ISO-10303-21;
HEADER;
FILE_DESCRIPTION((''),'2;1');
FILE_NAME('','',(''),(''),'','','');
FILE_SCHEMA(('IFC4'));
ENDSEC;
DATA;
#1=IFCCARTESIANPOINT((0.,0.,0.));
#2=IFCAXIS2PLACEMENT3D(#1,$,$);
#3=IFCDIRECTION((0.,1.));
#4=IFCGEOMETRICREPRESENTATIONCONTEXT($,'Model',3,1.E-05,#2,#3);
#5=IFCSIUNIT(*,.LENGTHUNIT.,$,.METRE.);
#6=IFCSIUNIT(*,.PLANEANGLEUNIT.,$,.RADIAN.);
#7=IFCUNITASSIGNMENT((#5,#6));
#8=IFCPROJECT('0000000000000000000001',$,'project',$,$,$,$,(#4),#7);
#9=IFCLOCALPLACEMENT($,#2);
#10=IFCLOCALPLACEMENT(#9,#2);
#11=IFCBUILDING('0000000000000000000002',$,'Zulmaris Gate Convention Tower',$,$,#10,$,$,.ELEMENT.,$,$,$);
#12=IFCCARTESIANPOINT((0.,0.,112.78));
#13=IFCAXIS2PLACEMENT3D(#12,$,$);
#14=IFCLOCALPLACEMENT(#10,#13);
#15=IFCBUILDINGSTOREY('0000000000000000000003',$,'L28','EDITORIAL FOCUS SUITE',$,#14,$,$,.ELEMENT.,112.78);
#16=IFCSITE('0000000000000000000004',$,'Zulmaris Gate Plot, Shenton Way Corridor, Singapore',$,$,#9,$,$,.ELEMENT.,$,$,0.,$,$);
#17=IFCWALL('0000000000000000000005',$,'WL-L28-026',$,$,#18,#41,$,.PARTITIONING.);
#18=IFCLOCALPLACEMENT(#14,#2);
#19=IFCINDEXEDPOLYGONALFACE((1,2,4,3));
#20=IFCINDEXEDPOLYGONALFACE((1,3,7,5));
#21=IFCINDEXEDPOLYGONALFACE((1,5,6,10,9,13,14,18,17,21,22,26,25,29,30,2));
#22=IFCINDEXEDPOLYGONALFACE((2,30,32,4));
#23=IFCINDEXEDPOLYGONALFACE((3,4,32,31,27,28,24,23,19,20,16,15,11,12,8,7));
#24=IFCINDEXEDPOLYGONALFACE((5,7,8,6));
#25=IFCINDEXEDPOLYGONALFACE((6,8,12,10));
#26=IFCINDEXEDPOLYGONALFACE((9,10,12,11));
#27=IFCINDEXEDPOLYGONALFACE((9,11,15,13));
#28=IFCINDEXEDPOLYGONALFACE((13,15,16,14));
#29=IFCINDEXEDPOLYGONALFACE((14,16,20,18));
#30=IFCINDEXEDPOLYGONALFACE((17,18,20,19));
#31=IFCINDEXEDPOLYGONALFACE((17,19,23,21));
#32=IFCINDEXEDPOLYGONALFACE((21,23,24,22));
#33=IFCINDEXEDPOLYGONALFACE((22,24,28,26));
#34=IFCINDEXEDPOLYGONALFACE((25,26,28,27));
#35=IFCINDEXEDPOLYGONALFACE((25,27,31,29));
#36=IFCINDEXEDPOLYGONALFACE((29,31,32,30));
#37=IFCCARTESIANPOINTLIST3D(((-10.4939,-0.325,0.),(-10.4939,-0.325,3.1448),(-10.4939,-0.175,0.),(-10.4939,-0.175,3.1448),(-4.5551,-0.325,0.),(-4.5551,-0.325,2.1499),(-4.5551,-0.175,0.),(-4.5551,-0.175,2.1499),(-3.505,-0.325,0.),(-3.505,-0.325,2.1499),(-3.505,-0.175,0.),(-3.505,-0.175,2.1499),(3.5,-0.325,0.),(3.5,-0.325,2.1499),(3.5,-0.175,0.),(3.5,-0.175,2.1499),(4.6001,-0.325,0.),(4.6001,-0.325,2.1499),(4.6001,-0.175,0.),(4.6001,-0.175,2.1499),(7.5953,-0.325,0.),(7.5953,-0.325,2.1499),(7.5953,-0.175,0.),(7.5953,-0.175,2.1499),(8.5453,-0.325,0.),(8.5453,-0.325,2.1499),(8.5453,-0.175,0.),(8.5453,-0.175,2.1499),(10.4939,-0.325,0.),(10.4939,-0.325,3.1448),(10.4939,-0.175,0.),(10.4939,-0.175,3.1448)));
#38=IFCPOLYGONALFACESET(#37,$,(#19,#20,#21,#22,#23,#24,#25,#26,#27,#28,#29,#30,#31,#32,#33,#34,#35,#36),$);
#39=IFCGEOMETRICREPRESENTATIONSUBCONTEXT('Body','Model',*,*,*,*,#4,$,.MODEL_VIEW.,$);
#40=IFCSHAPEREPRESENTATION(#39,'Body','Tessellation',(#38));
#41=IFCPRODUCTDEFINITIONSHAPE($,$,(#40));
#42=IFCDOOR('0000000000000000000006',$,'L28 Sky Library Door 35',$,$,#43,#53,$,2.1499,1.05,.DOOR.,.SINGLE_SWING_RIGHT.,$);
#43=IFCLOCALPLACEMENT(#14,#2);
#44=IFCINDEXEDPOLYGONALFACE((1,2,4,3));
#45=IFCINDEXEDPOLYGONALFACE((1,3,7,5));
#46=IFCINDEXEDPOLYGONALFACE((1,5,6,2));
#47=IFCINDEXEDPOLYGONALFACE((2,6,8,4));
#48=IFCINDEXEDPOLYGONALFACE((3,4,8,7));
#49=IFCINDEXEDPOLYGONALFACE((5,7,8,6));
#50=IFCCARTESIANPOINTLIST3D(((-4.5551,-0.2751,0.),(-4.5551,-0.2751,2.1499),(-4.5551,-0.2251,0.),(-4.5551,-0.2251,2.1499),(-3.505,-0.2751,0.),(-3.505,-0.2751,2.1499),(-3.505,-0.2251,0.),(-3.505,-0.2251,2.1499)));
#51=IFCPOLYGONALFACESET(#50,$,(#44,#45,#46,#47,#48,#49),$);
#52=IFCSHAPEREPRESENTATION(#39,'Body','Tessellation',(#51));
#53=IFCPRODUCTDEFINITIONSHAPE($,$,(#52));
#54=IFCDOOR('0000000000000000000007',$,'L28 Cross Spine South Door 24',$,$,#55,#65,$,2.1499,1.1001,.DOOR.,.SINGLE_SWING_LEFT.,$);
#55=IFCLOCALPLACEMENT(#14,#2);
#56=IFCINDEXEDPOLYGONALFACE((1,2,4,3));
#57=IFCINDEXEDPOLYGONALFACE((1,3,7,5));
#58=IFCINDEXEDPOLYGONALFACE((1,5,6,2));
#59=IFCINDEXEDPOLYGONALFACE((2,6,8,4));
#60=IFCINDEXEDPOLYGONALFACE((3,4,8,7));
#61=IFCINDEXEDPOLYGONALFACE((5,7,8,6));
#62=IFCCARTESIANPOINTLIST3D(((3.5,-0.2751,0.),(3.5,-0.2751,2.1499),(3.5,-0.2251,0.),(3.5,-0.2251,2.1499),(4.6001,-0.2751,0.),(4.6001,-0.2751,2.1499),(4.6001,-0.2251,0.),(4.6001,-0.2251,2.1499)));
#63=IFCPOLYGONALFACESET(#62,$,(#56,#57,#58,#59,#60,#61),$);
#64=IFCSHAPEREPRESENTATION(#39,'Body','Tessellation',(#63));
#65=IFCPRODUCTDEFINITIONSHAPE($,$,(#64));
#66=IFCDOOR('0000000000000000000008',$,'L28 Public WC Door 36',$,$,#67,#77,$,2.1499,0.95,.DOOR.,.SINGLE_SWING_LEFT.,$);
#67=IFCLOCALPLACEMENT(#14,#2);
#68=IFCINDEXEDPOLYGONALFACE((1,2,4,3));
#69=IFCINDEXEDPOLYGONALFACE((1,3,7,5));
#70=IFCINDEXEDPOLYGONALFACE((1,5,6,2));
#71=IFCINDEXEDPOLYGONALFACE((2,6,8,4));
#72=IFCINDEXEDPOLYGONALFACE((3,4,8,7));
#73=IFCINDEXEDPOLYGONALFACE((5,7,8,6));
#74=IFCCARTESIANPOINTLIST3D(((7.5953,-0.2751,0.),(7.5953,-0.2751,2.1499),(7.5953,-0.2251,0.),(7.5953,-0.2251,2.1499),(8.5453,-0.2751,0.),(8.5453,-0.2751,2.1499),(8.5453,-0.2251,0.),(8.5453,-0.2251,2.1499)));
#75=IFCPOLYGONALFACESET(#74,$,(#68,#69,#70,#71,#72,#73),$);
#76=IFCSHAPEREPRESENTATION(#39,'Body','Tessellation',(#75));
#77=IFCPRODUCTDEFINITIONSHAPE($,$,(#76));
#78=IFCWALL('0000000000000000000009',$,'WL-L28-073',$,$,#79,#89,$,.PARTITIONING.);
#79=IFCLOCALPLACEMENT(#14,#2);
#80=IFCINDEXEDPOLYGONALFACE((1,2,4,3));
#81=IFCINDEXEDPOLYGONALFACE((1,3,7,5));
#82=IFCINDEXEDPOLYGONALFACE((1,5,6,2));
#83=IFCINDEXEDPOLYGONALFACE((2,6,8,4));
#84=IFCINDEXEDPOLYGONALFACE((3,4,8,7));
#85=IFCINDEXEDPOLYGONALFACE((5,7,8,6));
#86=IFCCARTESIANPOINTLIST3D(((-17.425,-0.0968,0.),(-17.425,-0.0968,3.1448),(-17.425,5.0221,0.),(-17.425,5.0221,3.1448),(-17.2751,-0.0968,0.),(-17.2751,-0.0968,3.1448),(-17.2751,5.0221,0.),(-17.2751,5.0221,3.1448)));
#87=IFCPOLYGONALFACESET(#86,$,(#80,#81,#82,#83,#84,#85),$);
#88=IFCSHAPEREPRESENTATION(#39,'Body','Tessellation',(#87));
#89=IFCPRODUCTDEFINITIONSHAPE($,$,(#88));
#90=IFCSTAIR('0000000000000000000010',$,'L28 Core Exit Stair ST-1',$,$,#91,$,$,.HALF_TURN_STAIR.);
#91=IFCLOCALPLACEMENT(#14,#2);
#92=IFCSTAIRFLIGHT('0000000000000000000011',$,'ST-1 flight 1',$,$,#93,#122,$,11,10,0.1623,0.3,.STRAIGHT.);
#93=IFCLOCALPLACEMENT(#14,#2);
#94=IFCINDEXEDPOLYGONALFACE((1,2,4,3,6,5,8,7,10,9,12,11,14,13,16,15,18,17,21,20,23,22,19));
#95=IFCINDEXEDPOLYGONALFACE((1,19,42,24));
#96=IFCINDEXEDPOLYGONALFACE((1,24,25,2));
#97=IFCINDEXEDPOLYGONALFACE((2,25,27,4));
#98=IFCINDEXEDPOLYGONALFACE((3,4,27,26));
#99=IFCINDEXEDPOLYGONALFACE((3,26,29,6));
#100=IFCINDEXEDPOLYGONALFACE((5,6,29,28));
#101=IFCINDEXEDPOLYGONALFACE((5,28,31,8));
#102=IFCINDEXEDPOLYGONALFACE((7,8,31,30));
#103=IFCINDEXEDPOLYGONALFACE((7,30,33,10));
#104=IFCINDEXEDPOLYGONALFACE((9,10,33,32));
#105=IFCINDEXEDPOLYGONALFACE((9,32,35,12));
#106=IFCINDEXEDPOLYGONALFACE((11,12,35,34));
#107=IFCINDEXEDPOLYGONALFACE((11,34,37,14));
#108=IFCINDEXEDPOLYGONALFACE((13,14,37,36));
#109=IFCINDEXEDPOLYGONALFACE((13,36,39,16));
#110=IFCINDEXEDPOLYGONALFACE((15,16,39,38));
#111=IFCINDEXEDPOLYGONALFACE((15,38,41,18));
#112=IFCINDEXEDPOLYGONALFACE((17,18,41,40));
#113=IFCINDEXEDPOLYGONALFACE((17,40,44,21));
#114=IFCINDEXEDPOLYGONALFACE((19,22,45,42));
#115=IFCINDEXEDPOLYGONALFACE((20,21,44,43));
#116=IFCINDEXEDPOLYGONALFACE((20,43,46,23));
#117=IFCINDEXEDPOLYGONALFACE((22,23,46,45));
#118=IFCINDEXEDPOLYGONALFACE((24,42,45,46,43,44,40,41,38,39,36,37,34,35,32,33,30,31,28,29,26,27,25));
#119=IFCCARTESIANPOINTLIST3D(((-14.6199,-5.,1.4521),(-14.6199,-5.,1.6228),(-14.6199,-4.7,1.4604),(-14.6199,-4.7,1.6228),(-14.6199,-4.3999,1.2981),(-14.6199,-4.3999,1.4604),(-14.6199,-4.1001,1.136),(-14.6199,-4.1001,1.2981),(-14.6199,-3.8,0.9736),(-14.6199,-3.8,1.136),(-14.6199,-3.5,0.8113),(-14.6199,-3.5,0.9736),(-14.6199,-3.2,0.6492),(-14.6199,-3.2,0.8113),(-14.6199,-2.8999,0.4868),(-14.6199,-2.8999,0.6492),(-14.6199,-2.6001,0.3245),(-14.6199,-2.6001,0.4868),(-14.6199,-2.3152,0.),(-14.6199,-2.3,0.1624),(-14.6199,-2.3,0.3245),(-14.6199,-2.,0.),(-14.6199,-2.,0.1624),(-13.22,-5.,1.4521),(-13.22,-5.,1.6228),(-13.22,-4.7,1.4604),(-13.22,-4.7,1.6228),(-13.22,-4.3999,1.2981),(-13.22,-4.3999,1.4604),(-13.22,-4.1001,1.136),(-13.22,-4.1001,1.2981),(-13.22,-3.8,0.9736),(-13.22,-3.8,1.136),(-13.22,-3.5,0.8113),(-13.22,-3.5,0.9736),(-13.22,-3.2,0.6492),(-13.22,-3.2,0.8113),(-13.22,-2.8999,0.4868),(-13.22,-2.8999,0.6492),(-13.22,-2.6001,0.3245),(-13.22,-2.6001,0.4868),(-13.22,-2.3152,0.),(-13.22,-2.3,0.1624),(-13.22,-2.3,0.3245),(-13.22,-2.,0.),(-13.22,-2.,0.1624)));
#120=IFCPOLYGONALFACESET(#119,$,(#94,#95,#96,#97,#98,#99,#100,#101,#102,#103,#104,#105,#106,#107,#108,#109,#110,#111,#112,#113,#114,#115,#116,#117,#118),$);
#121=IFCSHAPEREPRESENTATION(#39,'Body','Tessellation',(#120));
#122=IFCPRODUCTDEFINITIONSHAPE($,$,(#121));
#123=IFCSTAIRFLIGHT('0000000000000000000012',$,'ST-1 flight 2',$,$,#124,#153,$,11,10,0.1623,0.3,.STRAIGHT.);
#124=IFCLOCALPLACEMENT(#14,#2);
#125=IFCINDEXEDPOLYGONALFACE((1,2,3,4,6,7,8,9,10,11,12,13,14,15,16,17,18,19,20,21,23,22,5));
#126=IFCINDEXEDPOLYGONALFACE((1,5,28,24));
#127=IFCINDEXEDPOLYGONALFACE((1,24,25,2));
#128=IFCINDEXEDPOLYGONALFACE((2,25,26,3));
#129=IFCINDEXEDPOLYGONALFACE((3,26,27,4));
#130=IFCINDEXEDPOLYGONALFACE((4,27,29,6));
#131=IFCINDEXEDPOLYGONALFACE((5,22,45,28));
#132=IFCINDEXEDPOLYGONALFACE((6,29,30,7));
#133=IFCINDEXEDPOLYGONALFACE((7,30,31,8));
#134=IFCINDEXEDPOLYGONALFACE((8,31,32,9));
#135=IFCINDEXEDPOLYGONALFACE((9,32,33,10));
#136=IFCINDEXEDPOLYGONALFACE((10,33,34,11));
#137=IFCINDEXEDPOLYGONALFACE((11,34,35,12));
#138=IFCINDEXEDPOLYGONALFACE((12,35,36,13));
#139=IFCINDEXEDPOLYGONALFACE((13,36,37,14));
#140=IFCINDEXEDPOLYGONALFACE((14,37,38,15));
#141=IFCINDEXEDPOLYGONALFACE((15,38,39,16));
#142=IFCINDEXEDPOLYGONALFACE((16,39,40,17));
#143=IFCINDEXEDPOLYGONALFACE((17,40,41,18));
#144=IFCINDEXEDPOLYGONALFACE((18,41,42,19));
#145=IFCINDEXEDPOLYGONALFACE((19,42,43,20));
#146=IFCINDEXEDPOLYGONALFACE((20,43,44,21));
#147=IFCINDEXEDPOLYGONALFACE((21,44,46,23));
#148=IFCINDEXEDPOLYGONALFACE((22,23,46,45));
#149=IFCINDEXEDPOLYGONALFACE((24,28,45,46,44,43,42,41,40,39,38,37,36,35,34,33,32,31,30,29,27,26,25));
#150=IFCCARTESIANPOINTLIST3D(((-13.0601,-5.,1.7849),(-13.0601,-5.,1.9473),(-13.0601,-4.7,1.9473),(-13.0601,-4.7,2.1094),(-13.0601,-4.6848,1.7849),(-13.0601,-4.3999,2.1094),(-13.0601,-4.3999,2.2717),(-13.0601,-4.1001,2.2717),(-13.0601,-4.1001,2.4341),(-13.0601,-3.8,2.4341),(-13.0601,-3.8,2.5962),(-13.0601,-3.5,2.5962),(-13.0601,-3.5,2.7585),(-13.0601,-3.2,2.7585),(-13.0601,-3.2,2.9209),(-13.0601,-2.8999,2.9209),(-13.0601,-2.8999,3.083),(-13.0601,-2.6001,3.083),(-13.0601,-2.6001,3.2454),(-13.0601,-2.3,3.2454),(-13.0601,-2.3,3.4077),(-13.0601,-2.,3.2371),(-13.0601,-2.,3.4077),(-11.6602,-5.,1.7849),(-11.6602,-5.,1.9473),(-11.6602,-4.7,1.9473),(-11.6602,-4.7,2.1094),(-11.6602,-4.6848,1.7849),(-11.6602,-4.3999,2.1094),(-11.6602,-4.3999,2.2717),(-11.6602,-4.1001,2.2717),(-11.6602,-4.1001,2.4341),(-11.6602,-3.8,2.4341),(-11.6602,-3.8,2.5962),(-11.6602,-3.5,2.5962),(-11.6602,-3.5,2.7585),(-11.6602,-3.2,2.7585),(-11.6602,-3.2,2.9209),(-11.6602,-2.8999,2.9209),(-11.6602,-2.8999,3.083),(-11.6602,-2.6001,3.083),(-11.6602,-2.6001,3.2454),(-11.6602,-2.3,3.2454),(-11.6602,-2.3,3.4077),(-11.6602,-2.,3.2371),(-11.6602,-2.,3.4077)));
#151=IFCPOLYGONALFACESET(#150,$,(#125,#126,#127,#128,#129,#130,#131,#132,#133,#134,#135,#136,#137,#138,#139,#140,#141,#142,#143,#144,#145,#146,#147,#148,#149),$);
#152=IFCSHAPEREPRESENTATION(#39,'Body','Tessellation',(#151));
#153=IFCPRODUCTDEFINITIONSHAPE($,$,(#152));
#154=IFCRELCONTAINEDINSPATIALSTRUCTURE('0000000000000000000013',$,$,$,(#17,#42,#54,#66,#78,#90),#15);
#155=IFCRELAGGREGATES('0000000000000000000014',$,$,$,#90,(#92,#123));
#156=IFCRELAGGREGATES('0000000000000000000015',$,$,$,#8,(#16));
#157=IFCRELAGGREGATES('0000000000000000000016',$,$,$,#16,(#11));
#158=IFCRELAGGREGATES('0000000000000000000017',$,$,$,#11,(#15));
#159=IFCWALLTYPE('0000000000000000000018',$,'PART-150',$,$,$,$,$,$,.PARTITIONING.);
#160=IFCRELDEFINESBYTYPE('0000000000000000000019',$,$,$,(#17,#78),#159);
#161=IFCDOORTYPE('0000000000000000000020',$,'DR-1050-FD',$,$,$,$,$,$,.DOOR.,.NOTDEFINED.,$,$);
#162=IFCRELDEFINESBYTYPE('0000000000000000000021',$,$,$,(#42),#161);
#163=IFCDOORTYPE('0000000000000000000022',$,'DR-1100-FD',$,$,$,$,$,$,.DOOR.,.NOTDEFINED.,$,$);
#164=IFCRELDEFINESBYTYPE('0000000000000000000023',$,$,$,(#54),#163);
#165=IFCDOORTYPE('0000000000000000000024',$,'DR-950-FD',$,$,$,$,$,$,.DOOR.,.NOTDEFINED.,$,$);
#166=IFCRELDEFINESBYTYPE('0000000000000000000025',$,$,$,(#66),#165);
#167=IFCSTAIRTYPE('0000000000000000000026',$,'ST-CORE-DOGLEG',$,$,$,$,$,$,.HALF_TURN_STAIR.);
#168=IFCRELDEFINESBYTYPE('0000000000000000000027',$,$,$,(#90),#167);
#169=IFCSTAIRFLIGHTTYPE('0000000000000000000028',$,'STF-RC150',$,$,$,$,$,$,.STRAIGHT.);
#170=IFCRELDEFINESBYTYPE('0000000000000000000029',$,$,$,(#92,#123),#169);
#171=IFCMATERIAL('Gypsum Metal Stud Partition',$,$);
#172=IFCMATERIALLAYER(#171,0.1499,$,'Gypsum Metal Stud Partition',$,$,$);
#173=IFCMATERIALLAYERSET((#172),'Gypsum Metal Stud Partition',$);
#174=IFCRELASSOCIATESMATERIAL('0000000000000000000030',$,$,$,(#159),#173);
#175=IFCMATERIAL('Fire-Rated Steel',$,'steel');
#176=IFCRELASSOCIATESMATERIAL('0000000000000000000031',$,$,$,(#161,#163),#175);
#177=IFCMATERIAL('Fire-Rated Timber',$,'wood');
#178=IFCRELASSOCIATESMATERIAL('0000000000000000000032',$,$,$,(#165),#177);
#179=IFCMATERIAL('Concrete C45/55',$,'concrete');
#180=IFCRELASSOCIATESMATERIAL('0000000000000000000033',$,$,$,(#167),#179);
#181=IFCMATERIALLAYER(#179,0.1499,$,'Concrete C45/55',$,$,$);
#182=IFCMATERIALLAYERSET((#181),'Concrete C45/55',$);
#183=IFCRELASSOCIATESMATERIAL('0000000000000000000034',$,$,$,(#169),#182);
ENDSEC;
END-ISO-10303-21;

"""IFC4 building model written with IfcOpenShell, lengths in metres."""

from ifc_helpers import new_model, si_unit, direction, frame, frame_2d, origin, place, context, subcontext, project, spatial, polyline, rectangle, outline, extrude, material, layer, layer_set, type_object, element, fill, aggregate, save


model = new_model("IFC4")

# Units and contexts
model_context = context("Model", 3, precision=1e-05, world=origin(), true_north=direction((0.0, 1.0)))
body_context = subcontext(model_context, "Body", "Model", "MODEL_VIEW")
ifc_project = project(units=[si_unit("LENGTHUNIT", "METRE"), si_unit("PLANEANGLEUNIT", "RADIAN")], contexts=[model_context])

# Site, building, storey
site_placement = place(None, origin())
site = spatial("IfcSite", under=ifc_project, at=site_placement, Name="Zulmaris Gate Plot, Shenton Way Corridor, Singapore", CompositionType="ELEMENT", RefElevation=0.0)
building_placement = place(site_placement, origin())
building = spatial("IfcBuilding", under=site, at=building_placement, Name="Zulmaris Gate Convention Tower", CompositionType="ELEMENT")
storey_placement = place(building_placement, frame((0.0, 0.0, 112.78)))
storey = spatial("IfcBuildingStorey", under=building, at=storey_placement, Name="L28", Description="EDITORIAL FOCUS SUITE", CompositionType="ELEMENT", Elevation=112.78)

# Wall, openings, doors
ifc_material_1 = material(Name="Gypsum Metal Stud Partition")
ifc_layer_1 = layer(ifc_material_1, 0.1499, Name="Gypsum Metal Stud Partition")
ifc_layer_set_1 = layer_set([ifc_layer_1], Name="Gypsum Metal Stud Partition")
wall_type_1 = type_object("IfcWallType", Name="PART-150", PredefinedType="PARTITIONING", material=ifc_layer_set_1)
wall_1_placement = place(storey_placement, frame((-10.4939, -0.25, 0.0), z_axis=(0.0, 0.0, 1.0), x_axis=(1.0, 0.0, 0.0)))
wall_1 = element("IfcWall", 1, at=wall_1_placement, inside=storey, type_object=wall_type_1, Name="WL-L28-026", PredefinedType="PARTITIONING", context=body_context, shape_type="SweptSolid", body=[
    extrude(rectangle(XDim=20.9878, YDim=0.1499, at=frame_2d((10.4939, 0.0))), origin(), (0.0, 0.0, 1.0), 3.1448),
])
opening_1_placement = place(wall_1_placement, frame((13.9939, 0.0, 0.0)))
opening_1 = element("IfcOpeningElement", 2, at=opening_1_placement, cuts=wall_1, PredefinedType="OPENING", context=body_context, shape_type="SweptSolid", body=[
    extrude(rectangle(XDim=1.1001, YDim=2.1499, at=frame_2d((0.55, 1.075))), frame((0.0, 0.085, 0.0), z_axis=(0.0, -1.0, 0.0), x_axis=(1.0, 0.0, 0.0)), (0.0, 0.0, 1.0), 0.1699),
])
opening_2_placement = place(wall_1_placement, frame((5.939, 0.0, 0.0)))
opening_2 = element("IfcOpeningElement", 3, at=opening_2_placement, cuts=wall_1, PredefinedType="OPENING", context=body_context, shape_type="SweptSolid", body=[
    extrude(rectangle(XDim=1.05, YDim=2.1499, at=frame_2d((0.5249, 1.075))), frame((0.0, 0.085, 0.0), z_axis=(0.0, -1.0, 0.0), x_axis=(1.0, 0.0, 0.0)), (0.0, 0.0, 1.0), 0.1699),
])
opening_3_placement = place(wall_1_placement, frame((18.0891, 0.0, 0.0)))
opening_3 = element("IfcOpeningElement", 4, at=opening_3_placement, cuts=wall_1, PredefinedType="OPENING", context=body_context, shape_type="SweptSolid", body=[
    extrude(rectangle(XDim=0.95, YDim=2.1499, at=frame_2d((0.4751, 1.075))), frame((0.0, 0.085, 0.0), z_axis=(0.0, -1.0, 0.0), x_axis=(1.0, 0.0, 0.0)), (0.0, 0.0, 1.0), 0.1699),
])
ifc_material_2 = material(Name="Fire-Rated Steel", Category="steel")
door_type_1 = type_object("IfcDoorType", Name="DR-1050-FD", OperationType="NOTDEFINED", PredefinedType="DOOR", material=ifc_material_2)
door_1_placement = place(opening_2_placement, origin())
door_1 = element("IfcDoor", 5, at=door_1_placement, inside=storey, type_object=door_type_1, Name="L28 Sky Library Door 35", OperationType="SINGLE_SWING_RIGHT", OverallHeight=2.1499, OverallWidth=1.05, PredefinedType="DOOR", context=body_context, shape_type="SweptSolid", body=[
    extrude(rectangle(XDim=1.05, YDim=2.1499, at=frame_2d((0.5249, 1.075))), frame((0.0, 0.0249, 0.0), z_axis=(0.0, -1.0, 0.0), x_axis=(1.0, 0.0, 0.0)), (0.0, 0.0, 1.0), 0.05),
])
fill(opening_2, door_1)
door_type_2 = type_object("IfcDoorType", Name="DR-1100-FD", OperationType="NOTDEFINED", PredefinedType="DOOR", material=ifc_material_2)
door_2_placement = place(opening_1_placement, origin())
door_2 = element("IfcDoor", 6, at=door_2_placement, inside=storey, type_object=door_type_2, Name="L28 Cross Spine South Door 24", OperationType="SINGLE_SWING_LEFT", OverallHeight=2.1499, OverallWidth=1.1001, PredefinedType="DOOR", context=body_context, shape_type="SweptSolid", body=[
    extrude(rectangle(XDim=1.1001, YDim=2.1499, at=frame_2d((0.55, 1.075))), frame((0.0, 0.0249, 0.0), z_axis=(0.0, -1.0, 0.0), x_axis=(1.0, 0.0, 0.0)), (0.0, 0.0, 1.0), 0.05),
])
fill(opening_1, door_2)
ifc_material_3 = material(Name="Fire-Rated Timber", Category="wood")
door_type_3 = type_object("IfcDoorType", Name="DR-950-FD", OperationType="NOTDEFINED", PredefinedType="DOOR", material=ifc_material_3)
door_3_placement = place(opening_3_placement, origin())
door_3 = element("IfcDoor", 7, at=door_3_placement, inside=storey, type_object=door_type_3, Name="L28 Public WC Door 36", OperationType="SINGLE_SWING_LEFT", OverallHeight=2.1499, OverallWidth=0.95, PredefinedType="DOOR", context=body_context, shape_type="SweptSolid", body=[
    extrude(rectangle(XDim=0.95, YDim=2.1499, at=frame_2d((0.4751, 1.075))), frame((0.0, 0.0249, 0.0), z_axis=(0.0, -1.0, 0.0), x_axis=(1.0, 0.0, 0.0)), (0.0, 0.0, 1.0), 0.05),
])
fill(opening_3, door_3)

# Wall
wall_2_placement = place(storey_placement, frame((-17.3501, -0.0969, 0.0), z_axis=(0.0, 0.0, 1.0), x_axis=(0.0, 1.0, 0.0)))
element("IfcWall", 8, at=wall_2_placement, inside=storey, type_object=wall_type_1, Name="WL-L28-073", PredefinedType="PARTITIONING", context=body_context, shape_type="SweptSolid", body=[
    extrude(rectangle(XDim=5.1189, YDim=0.1499, at=frame_2d((2.5596, 0.0))), origin(), (0.0, 0.0, 1.0), 3.1448),
])

# Stair, stair flights
ifc_material_4 = material(Name="Concrete C45/55", Category="concrete")
stair_type = type_object("IfcStairType", Name="ST-CORE-DOGLEG", PredefinedType="HALF_TURN_STAIR", material=ifc_material_4)
stair_placement = place(storey_placement, origin())
stair = element("IfcStair", 9, at=stair_placement, inside=storey, type_object=stair_type, Name="L28 Core Exit Stair ST-1", PredefinedType="HALF_TURN_STAIR")
ifc_layer_2 = layer(ifc_material_4, 0.1499, Name="Concrete C45/55")
ifc_layer_set_2 = layer_set([ifc_layer_2], Name="Concrete C45/55")
stair_flight_type = type_object("IfcStairFlightType", Name="STF-RC150", PredefinedType="STRAIGHT", material=ifc_layer_set_2)
stair_flight_1_placement = place(storey_placement, frame((-13.9199, -2.0, 0.0), z_axis=(0.0, 0.0, 1.0), x_axis=(0.0, -1.0, 0.0)))
stair_flight_1 = element("IfcStairFlight", 10, at=stair_flight_1_placement, type_object=stair_flight_type, Name="ST-1 flight 1", NumberOfRisers=11, NumberOfTreads=10, PredefinedType="STRAIGHT", RiserHeight=0.1623, TreadLength=0.3, context=body_context, shape_type="SweptSolid", body=[
    extrude(outline(polyline([(0.0, 0.0), (0.0, 0.1624), (0.3, 0.1624), (0.3, 0.3245), (0.6001, 0.3245), (0.6001, 0.4868), (0.8999, 0.4868), (0.8999, 0.6492), (1.2, 0.6492), (1.2, 0.8113), (1.5, 0.8113), (1.5, 0.9736), (1.8, 0.9736), (1.8, 1.136), (2.1001, 1.136), (2.1001, 1.2981), (2.3999, 1.2981), (2.3999, 1.4604), (2.7, 1.4604), (2.7, 1.6228), (3.0, 1.6228), (3.0, 1.7849), (3.0, 1.4521), (0.3152, 0.0), (0.0, 0.0)])), frame((0.0, 0.7, 0.0), z_axis=(0.0, -1.0, 0.0), x_axis=(1.0, 0.0, 0.0)), (0.0, 0.0, 1.0), 1.3999),
])
stair_flight_2_placement = place(storey_placement, frame((-12.3601, -5.0, 1.7849), z_axis=(0.0, 0.0, 1.0), x_axis=(0.0, 1.0, 0.0)))
stair_flight_2 = element("IfcStairFlight", 11, at=stair_flight_2_placement, type_object=stair_flight_type, Name="ST-1 flight 2", NumberOfRisers=11, NumberOfTreads=10, PredefinedType="STRAIGHT", RiserHeight=0.1623, TreadLength=0.3, context=body_context, shape_type="SweptSolid", body=[
    extrude(outline(polyline([(0.0, 0.0), (0.0, 0.1624), (0.3, 0.1624), (0.3, 0.3245), (0.6001, 0.3245), (0.6001, 0.4868), (0.8999, 0.4868), (0.8999, 0.6492), (1.2, 0.6492), (1.2, 0.8113), (1.5, 0.8113), (1.5, 0.9736), (1.8, 0.9736), (1.8, 1.136), (2.1001, 1.136), (2.1001, 1.2981), (2.3999, 1.2981), (2.3999, 1.4604), (2.7, 1.4604), (2.7, 1.6228), (3.0, 1.6228), (3.0, 1.7849), (3.0, 1.4521), (0.3152, 0.0), (0.0, 0.0)])), frame((0.0, 0.7, 0.0), z_axis=(0.0, -1.0, 0.0), x_axis=(1.0, 0.0, 0.0)), (0.0, 0.0, 1.0), 1.3999),
])
aggregate(stair, [stair_flight_1, stair_flight_2])

save(model, "model.ifc")
